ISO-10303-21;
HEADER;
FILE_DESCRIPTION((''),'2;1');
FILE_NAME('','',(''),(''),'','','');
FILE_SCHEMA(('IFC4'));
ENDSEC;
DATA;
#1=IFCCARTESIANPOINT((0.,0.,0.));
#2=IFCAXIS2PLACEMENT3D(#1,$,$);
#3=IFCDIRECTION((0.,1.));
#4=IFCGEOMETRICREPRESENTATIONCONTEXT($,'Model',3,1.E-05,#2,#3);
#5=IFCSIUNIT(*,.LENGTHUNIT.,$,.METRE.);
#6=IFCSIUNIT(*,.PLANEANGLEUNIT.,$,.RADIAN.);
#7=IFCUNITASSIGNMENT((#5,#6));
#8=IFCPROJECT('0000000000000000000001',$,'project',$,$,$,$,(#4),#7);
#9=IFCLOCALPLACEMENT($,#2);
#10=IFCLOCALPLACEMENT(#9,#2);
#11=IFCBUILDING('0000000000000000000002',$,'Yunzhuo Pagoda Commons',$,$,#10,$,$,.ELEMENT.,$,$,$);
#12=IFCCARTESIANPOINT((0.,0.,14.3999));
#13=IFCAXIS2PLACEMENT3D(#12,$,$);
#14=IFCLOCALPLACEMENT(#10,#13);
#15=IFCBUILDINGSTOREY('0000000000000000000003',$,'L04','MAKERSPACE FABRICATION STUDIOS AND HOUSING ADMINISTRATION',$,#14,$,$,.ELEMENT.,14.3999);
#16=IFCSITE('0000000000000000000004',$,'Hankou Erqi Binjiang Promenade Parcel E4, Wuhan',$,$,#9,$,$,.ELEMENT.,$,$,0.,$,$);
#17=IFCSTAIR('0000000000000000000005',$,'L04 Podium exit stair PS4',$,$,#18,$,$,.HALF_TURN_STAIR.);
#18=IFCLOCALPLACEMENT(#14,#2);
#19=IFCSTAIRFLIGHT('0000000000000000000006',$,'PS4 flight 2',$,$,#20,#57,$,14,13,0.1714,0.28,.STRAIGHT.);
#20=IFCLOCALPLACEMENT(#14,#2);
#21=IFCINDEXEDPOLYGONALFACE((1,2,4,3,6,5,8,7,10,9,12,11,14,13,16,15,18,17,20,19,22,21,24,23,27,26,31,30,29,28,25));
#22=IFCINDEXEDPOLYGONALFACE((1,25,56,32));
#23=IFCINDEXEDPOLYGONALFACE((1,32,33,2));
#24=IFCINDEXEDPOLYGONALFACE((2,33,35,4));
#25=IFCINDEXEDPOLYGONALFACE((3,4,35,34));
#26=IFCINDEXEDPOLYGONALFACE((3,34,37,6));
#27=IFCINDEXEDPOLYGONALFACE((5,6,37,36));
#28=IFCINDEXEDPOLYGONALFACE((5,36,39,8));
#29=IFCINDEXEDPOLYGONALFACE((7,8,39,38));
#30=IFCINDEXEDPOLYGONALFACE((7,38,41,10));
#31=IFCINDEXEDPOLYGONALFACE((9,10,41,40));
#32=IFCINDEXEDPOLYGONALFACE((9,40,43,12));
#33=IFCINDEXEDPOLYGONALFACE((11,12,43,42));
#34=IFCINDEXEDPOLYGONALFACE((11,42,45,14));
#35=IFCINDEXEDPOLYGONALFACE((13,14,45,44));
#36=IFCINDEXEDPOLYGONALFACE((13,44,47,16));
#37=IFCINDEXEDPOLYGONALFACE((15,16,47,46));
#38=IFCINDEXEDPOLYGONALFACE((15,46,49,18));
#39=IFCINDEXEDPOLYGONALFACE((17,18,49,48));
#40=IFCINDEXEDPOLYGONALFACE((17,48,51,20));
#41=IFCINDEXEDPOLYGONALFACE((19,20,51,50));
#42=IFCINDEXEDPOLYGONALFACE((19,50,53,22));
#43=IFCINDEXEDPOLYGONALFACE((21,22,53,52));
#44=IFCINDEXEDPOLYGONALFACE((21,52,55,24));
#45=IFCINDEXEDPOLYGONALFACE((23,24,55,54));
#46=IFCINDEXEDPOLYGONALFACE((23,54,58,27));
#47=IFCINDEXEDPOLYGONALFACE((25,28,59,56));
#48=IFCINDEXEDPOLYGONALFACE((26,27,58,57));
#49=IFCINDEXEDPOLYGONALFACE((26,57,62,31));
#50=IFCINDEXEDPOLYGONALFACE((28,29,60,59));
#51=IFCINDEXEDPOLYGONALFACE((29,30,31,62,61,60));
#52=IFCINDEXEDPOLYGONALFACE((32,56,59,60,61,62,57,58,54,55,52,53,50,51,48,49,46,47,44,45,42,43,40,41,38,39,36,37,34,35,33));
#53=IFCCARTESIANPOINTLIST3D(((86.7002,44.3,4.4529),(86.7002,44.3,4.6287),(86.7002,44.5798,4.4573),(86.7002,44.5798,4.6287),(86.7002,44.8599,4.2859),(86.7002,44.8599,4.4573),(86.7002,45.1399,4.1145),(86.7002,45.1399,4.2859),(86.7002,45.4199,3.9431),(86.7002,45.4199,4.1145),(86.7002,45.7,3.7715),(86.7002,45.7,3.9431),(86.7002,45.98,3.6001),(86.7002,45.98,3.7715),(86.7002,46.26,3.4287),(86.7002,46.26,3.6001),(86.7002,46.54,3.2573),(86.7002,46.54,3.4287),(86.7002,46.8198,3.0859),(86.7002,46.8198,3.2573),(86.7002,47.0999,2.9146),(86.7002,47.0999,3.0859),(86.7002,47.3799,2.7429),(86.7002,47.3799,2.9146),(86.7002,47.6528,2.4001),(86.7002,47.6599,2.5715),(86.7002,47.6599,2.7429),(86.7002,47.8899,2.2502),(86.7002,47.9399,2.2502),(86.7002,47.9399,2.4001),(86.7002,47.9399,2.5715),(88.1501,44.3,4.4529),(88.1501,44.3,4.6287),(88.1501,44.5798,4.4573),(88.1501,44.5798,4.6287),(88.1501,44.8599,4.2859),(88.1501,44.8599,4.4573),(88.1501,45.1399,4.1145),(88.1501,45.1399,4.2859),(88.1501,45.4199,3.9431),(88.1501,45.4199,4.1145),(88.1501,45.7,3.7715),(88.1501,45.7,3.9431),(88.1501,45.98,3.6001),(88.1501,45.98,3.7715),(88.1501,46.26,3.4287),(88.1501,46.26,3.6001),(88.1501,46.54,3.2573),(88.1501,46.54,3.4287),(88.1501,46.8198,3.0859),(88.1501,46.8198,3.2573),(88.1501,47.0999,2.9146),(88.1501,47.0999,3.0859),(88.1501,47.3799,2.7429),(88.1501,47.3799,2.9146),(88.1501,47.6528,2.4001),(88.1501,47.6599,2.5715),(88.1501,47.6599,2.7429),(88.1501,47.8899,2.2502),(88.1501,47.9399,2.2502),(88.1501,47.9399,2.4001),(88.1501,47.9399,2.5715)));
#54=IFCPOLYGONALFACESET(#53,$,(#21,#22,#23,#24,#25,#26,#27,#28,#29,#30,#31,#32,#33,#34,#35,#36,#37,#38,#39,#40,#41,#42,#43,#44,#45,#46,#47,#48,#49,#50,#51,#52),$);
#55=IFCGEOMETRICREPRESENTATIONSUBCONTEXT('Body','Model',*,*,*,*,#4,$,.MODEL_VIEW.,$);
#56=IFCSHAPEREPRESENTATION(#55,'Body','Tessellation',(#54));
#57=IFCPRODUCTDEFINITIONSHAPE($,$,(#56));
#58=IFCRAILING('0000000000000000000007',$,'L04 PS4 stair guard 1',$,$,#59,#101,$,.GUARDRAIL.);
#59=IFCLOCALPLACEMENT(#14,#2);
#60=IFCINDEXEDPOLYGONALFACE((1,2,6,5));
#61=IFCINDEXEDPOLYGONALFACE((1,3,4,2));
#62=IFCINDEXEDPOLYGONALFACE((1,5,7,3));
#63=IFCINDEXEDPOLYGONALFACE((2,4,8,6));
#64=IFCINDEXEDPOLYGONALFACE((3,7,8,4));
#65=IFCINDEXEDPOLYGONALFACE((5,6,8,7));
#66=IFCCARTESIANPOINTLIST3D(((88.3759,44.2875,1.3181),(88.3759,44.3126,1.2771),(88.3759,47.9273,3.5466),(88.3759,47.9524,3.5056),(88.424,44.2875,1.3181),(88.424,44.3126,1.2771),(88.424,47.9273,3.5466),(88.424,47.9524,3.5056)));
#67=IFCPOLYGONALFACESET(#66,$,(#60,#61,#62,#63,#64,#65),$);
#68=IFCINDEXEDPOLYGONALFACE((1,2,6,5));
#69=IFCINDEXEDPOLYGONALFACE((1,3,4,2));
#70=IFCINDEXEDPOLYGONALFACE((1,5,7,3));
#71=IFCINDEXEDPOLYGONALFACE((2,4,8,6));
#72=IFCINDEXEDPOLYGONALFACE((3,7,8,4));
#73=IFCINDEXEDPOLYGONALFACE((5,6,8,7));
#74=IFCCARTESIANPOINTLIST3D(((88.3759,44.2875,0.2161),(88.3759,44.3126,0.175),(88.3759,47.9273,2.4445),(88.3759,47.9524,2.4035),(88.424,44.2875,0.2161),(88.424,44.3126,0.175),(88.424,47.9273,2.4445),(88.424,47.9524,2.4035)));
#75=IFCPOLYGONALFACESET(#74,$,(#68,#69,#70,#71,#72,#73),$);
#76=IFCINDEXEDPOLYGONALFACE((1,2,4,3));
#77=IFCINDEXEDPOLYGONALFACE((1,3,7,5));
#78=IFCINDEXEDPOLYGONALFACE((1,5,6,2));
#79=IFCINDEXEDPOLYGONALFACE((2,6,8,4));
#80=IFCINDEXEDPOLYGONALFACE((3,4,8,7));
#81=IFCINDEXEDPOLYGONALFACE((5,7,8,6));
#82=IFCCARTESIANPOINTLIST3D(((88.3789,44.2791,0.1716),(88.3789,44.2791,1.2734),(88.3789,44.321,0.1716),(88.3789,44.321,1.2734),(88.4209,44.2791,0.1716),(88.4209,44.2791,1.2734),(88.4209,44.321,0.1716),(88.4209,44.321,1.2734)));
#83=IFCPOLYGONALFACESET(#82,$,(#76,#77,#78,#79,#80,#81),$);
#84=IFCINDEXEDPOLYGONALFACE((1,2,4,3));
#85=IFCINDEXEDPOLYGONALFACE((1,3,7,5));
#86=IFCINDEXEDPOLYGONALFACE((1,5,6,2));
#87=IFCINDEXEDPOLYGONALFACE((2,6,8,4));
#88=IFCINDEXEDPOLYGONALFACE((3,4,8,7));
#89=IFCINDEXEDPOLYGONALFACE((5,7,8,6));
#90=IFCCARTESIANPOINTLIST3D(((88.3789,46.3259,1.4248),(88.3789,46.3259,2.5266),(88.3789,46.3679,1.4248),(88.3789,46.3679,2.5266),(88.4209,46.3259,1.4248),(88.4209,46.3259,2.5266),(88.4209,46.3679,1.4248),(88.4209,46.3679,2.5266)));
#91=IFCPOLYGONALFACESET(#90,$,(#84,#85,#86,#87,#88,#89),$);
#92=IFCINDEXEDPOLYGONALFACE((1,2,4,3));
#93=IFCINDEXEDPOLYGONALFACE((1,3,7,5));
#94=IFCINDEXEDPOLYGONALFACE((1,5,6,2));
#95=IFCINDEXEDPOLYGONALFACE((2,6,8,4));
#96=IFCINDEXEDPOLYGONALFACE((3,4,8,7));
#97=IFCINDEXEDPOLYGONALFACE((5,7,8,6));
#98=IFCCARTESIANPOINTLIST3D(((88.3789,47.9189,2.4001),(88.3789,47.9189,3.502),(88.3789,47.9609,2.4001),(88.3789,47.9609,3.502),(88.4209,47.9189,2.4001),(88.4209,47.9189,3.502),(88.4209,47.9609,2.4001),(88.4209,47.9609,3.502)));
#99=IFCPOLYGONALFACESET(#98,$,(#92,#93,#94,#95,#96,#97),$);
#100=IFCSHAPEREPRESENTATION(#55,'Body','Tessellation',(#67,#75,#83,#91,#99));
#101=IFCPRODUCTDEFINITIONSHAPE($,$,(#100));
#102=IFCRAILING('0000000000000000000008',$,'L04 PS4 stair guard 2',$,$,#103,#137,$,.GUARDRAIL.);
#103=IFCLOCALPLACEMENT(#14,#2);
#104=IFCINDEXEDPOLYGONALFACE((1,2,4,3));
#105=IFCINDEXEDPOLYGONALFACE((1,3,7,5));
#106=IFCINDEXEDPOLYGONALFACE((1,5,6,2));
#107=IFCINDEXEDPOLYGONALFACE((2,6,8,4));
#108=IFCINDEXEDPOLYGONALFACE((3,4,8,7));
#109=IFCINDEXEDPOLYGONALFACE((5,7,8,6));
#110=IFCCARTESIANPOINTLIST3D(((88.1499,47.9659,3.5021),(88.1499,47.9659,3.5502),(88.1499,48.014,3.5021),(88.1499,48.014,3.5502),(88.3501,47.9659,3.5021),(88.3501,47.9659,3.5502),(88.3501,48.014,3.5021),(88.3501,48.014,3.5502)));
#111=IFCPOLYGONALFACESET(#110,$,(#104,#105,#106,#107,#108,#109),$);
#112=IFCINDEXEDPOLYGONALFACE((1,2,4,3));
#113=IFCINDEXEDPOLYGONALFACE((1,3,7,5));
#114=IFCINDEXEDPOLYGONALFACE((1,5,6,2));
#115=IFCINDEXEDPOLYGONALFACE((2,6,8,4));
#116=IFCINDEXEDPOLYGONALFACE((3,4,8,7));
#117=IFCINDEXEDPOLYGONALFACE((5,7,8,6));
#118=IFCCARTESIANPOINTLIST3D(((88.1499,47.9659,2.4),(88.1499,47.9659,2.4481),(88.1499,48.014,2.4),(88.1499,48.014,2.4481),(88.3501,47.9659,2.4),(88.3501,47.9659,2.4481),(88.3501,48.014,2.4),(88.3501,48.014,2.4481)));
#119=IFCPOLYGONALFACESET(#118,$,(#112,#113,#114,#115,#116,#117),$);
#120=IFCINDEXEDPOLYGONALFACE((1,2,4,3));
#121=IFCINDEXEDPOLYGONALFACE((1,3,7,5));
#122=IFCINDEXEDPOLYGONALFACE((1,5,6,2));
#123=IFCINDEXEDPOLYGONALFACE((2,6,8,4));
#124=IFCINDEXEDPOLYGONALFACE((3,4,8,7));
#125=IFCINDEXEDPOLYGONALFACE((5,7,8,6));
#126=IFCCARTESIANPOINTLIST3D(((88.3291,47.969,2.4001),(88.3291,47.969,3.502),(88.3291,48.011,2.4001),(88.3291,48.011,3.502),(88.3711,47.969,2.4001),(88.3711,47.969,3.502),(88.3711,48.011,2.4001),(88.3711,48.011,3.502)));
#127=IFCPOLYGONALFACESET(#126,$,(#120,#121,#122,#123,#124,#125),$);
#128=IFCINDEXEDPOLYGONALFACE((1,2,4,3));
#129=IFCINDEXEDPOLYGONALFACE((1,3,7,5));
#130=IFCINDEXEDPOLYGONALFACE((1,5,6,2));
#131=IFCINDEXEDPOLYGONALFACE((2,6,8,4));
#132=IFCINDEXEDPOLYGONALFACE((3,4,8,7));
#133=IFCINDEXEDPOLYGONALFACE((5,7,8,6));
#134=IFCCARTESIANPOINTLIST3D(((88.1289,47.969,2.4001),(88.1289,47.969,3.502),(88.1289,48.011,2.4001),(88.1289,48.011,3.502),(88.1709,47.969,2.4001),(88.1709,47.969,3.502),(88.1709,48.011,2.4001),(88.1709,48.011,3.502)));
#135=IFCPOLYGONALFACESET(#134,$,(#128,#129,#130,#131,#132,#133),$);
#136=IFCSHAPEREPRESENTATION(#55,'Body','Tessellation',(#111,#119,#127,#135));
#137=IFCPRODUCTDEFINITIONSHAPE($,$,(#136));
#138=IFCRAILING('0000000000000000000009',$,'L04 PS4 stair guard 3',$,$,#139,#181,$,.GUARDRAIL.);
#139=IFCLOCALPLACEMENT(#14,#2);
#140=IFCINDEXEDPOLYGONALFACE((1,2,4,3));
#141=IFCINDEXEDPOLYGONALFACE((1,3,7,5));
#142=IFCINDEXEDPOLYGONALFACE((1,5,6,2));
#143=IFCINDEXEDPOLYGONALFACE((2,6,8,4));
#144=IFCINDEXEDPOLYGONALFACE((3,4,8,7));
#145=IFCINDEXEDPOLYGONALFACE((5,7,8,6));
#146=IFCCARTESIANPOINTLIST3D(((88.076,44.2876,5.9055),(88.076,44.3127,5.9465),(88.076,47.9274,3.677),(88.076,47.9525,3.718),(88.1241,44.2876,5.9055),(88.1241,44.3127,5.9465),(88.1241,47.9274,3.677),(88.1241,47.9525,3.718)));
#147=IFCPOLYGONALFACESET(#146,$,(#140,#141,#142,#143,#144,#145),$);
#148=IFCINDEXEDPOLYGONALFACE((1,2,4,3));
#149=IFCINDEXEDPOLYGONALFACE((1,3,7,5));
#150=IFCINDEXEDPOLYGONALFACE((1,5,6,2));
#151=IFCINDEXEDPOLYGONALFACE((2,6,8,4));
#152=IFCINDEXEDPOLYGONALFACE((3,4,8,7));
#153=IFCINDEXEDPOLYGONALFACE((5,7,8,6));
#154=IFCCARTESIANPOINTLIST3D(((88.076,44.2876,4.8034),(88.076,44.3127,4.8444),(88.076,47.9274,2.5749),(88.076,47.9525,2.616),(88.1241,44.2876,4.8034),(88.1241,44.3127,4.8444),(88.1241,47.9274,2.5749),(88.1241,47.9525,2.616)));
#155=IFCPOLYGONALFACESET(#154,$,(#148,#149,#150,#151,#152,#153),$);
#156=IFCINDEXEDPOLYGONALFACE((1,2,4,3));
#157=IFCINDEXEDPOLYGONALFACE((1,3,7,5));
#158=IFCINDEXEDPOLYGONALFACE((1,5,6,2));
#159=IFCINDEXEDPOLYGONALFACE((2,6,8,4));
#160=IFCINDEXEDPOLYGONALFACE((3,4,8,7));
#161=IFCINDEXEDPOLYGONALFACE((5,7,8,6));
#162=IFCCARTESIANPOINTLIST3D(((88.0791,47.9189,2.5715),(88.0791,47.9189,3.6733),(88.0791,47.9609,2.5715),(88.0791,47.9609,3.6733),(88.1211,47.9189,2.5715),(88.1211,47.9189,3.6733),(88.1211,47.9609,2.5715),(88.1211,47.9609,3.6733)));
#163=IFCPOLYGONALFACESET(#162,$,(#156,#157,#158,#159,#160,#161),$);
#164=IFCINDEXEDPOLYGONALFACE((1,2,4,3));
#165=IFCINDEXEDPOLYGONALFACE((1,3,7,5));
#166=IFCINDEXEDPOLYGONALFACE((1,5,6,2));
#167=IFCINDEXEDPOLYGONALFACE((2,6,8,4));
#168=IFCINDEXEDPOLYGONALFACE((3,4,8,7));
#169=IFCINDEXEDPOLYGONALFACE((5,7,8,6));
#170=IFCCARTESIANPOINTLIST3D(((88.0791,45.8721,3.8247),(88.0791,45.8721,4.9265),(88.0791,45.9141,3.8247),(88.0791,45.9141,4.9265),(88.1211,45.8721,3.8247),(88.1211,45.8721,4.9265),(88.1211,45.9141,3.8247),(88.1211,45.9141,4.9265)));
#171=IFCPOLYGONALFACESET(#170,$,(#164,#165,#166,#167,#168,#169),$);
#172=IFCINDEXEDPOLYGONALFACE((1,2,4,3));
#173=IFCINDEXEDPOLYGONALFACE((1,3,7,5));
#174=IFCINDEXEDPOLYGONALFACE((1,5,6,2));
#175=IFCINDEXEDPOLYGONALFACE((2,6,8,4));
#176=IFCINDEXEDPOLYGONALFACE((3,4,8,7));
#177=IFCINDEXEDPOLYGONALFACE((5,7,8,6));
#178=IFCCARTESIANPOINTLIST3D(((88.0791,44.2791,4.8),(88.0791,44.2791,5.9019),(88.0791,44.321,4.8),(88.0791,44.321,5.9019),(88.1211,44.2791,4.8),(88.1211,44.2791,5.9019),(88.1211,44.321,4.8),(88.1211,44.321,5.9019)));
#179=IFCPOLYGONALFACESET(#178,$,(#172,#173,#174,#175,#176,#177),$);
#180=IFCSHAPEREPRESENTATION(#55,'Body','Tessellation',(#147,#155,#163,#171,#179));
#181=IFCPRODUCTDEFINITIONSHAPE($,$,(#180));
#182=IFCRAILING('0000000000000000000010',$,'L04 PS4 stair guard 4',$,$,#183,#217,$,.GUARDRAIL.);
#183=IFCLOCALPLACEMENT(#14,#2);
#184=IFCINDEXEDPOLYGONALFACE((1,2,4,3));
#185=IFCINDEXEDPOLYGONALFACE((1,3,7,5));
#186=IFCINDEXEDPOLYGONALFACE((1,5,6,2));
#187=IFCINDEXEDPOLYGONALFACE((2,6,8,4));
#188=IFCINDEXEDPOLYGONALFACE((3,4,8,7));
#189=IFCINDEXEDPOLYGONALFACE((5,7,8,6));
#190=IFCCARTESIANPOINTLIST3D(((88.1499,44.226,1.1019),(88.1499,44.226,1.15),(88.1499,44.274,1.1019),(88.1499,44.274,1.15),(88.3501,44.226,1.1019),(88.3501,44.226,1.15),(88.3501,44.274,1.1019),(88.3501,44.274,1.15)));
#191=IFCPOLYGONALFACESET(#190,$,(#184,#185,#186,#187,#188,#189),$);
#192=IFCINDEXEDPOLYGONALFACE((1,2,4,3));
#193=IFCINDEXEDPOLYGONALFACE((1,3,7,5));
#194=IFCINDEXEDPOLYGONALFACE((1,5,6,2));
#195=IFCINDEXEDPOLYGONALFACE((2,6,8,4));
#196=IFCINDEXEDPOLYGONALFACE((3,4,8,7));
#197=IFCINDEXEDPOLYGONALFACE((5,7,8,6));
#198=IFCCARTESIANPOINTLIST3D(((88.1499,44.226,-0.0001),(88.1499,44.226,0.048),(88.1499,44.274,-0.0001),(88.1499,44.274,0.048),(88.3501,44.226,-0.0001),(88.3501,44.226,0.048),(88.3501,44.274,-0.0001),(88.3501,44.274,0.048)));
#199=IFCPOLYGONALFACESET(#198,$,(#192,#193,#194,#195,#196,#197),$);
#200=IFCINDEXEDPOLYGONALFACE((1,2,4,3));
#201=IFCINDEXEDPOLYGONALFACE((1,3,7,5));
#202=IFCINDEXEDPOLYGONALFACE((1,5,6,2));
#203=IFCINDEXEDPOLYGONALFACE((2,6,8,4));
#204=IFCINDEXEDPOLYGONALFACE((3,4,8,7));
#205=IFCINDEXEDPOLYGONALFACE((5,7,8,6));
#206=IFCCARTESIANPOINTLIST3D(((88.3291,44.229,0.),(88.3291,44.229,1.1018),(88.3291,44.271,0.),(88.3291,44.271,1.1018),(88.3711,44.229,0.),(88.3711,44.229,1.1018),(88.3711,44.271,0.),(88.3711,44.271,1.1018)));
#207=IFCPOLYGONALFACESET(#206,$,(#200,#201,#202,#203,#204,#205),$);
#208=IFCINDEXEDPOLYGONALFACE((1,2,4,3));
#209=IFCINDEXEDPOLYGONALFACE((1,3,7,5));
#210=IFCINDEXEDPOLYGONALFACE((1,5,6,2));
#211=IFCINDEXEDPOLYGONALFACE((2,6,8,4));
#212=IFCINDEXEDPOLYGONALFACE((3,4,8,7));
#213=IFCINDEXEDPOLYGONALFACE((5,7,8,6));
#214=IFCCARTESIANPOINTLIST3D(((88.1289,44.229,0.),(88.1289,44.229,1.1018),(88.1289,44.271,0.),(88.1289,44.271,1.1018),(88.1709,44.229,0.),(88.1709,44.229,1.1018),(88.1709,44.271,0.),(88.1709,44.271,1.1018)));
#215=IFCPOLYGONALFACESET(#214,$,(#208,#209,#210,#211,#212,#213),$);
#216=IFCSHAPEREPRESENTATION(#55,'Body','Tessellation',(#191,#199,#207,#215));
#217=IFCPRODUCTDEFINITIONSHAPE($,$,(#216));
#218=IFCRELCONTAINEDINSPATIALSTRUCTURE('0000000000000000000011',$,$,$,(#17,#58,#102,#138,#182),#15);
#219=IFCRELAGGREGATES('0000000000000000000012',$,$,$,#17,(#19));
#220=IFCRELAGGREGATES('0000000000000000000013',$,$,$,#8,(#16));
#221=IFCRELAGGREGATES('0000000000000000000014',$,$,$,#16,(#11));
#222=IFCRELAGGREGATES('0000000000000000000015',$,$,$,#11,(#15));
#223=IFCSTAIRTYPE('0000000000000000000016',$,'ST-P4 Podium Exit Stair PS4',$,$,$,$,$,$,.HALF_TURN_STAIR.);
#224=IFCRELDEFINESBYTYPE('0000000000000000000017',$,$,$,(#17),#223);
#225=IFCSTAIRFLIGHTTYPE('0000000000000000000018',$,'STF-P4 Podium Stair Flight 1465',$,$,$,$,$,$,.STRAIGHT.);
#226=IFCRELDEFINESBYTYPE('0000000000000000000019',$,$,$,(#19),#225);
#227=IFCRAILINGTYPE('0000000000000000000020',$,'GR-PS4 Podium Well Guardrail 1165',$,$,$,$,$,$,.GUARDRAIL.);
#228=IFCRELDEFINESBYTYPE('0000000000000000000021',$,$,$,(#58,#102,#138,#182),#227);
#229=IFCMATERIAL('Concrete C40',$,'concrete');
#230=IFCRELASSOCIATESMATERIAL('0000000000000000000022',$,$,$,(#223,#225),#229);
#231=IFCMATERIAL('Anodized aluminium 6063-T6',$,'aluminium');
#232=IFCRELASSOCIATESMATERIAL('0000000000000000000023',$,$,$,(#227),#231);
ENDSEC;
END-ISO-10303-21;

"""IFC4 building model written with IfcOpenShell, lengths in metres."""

from ifc_helpers import new_model, si_unit, direction, frame, origin, origin_2d, place, context, subcontext, project, spatial, polyline, rectangle, outline, extrude, source, transform, mapped, material, type_object, element, aggregate, save


model = new_model("IFC4")

# Units and contexts
model_context = context("Model", 3, precision=1e-05, world=origin(), true_north=direction((0.0, 1.0)))
body_context = subcontext(model_context, "Body", "Model", "MODEL_VIEW")
ifc_project = project(units=[si_unit("LENGTHUNIT", "METRE"), si_unit("PLANEANGLEUNIT", "RADIAN")], contexts=[model_context])

# Site, building, storey
site_placement = place(None, origin())
site = spatial("IfcSite", under=ifc_project, at=site_placement, Name="Hankou Erqi Binjiang Promenade Parcel E4, Wuhan", CompositionType="ELEMENT", RefElevation=0.0)
building_placement = place(site_placement, origin())
building = spatial("IfcBuilding", under=site, at=building_placement, Name="Yunzhuo Pagoda Commons", CompositionType="ELEMENT")
storey_placement = place(building_placement, frame((0.0, 0.0, 14.3999)))
storey = spatial("IfcBuildingStorey", under=building, at=storey_placement, Name="L04", Description="MAKERSPACE FABRICATION STUDIOS AND HOUSING ADMINISTRATION", CompositionType="ELEMENT", Elevation=14.3999)

# Stair, stair flight
ifc_material_1 = material(Name="Concrete C40", Category="concrete")
stair_type = type_object("IfcStairType", Name="ST-P4 Podium Exit Stair PS4", PredefinedType="HALF_TURN_STAIR", material=ifc_material_1)
stair_placement = place(storey_placement, origin())
stair = element("IfcStair", 1, at=stair_placement, inside=storey, type_object=stair_type, Name="L04 Podium exit stair PS4", PredefinedType="HALF_TURN_STAIR")
stair_flight_type = type_object("IfcStairFlightType", Name="STF-P4 Podium Stair Flight 1465", PredefinedType="STRAIGHT", material=ifc_material_1)
shared_shape_1 = source(origin(), body_context, "Body", "SweptSolid", [
    extrude(outline(polyline([(0.0, -0.1499), (0.0, 0.0), (0.0, 0.1714), (0.28, 0.1714), (0.28, 0.3428), (0.5601, 0.3428), (0.5601, 0.5144), (0.8401, 0.5144), (0.8401, 0.6858), (1.1201, 0.6858), (1.1201, 0.8572), (1.3999, 0.8572), (1.3999, 1.0286), (1.6799, 1.0286), (1.6799, 1.2), (1.96, 1.2), (1.96, 1.3713), (2.24, 1.3713), (2.24, 1.543), (2.52, 1.543), (2.52, 1.7144), (2.8, 1.7144), (2.8, 1.8857), (3.0801, 1.8857), (3.0801, 2.0571), (3.3601, 2.0571), (3.3601, 2.2285), (3.6399, 2.2285), (3.6399, 2.3999), (3.6399, 2.0527), (0.2871, 0.0), (0.05, -0.1499), (0.0, -0.1499)])), frame((0.0, 0.7251, 0.0), z_axis=(0.0, -1.0, 0.0), x_axis=(1.0, 0.0, 0.0)), (0.0, 0.0, 1.0), 1.45),
])
stair_flight_1_placement = place(storey_placement, frame((87.425, 47.9399, 2.4001), z_axis=(0.0, 0.0, 1.0), x_axis=(0.0, -1.0, 0.0)))
stair_flight_1 = element("IfcStairFlight", 2, at=stair_flight_1_placement, type_object=stair_flight_type, Name="PS4 flight 2", NumberOfRisers=14, NumberOfTreads=13, PredefinedType="STRAIGHT", RiserHeight=0.1714, TreadLength=0.28, context=body_context, shape_type="MappedRepresentation", body=[
    mapped(shared_shape_1, transform((0.0, 0.0, 0.0), scale=1.0)),
])
aggregate(stair, [stair_flight_1])

# Railings
ifc_material_2 = material(Name="Anodized aluminium 6063-T6", Category="aluminium")
railing_type_1 = type_object("IfcRailingType", Name="GR-PS4 Podium Well Guardrail 1165", PredefinedType="GUARDRAIL", material=ifc_material_2)
railing_1_placement = place(storey_placement, frame((88.3999, 44.3, 0.1716)))
element("IfcRailing", 3, at=railing_1_placement, inside=storey, type_object=railing_type_1, Name="L04 PS4 stair guard 1", PredefinedType="GUARDRAIL", context=body_context, shape_type="SweptSolid", body=[
    extrude(rectangle(XDim=0.0481, YDim=0.0481, at=origin_2d()), frame((0.0, 0.0, 1.126), z_axis=(0.0, 0.85285, 0.522156), x_axis=(-1.0, 0.0, 0.0)), (0.0, 0.0, 1.0), 4.2678),
    extrude(rectangle(XDim=0.0481, YDim=0.0481, at=origin_2d()), frame((0.0, 0.0, 0.0239), z_axis=(0.0, 0.85285, 0.522156), x_axis=(-1.0, 0.0, 0.0)), (0.0, 0.0, 1.0), 4.2678),
    extrude(rectangle(XDim=0.042, YDim=0.042, at=origin_2d()), origin(), (0.0, 0.0, 1.0), 1.1018),
    extrude(rectangle(XDim=0.042, YDim=0.042, at=origin_2d()), frame((0.0, 2.0469, 1.2532)), (0.0, 0.0, 1.0), 1.1018),
    extrude(rectangle(XDim=0.042, YDim=0.042, at=origin_2d()), frame((0.0, 3.6399, 2.2285)), (0.0, 0.0, 1.0), 1.1018),
])
railing_2_placement = place(storey_placement, frame((88.3501, 47.99, 2.4001)))
element("IfcRailing", 4, at=railing_2_placement, inside=storey, type_object=railing_type_1, Name="L04 PS4 stair guard 2", PredefinedType="GUARDRAIL", context=body_context, shape_type="SweptSolid", body=[
    extrude(rectangle(XDim=0.0481, YDim=0.0481, at=origin_2d()), frame((0.0, 0.0, 1.126), z_axis=(-1.0, 0.0, 0.0), x_axis=(0.0, -1.0, 0.0)), (0.0, 0.0, 1.0), 0.2002),
    extrude(rectangle(XDim=0.0481, YDim=0.0481, at=origin_2d()), frame((0.0, 0.0, 0.0239), z_axis=(-1.0, 0.0, 0.0), x_axis=(0.0, -1.0, 0.0)), (0.0, 0.0, 1.0), 0.2002),
    extrude(rectangle(XDim=0.042, YDim=0.042, at=origin_2d()), origin(), (0.0, 0.0, 1.0), 1.1018),
    extrude(rectangle(XDim=0.042, YDim=0.042, at=origin_2d()), frame((-0.2002, 0.0, 0.0)), (0.0, 0.0, 1.0), 1.1018),
])
railing_3_placement = place(storey_placement, frame((88.1001, 47.9399, 2.5715)))
element("IfcRailing", 5, at=railing_3_placement, inside=storey, type_object=railing_type_1, Name="L04 PS4 stair guard 3", PredefinedType="GUARDRAIL", context=body_context, shape_type="SweptSolid", body=[
    extrude(rectangle(XDim=0.0481, YDim=0.0481, at=origin_2d()), frame((0.0, 0.0, 1.126), z_axis=(0.0, -0.85285, 0.522156), x_axis=(1.0, 0.0, 0.0)), (0.0, 0.0, 1.0), 4.2678),
    extrude(rectangle(XDim=0.0481, YDim=0.0481, at=origin_2d()), frame((0.0, 0.0, 0.0239), z_axis=(0.0, -0.85285, 0.522156), x_axis=(1.0, 0.0, 0.0)), (0.0, 0.0, 1.0), 4.2678),
    extrude(rectangle(XDim=0.042, YDim=0.042, at=origin_2d()), origin(), (0.0, 0.0, 1.0), 1.1018),
    extrude(rectangle(XDim=0.042, YDim=0.042, at=origin_2d()), frame((0.0, -2.0469, 1.2532)), (0.0, 0.0, 1.0), 1.1018),
    extrude(rectangle(XDim=0.042, YDim=0.042, at=origin_2d()), frame((0.0, -3.6399, 2.2285)), (0.0, 0.0, 1.0), 1.1018),
])
railing_4_placement = place(storey_placement, frame((88.3501, 44.25, 0.0)))
element("IfcRailing", 6, at=railing_4_placement, inside=storey, type_object=railing_type_1, Name="L04 PS4 stair guard 4", PredefinedType="GUARDRAIL", context=body_context, shape_type="SweptSolid", body=[
    extrude(rectangle(XDim=0.0481, YDim=0.0481, at=origin_2d()), frame((0.0, 0.0, 1.126), z_axis=(-1.0, 0.0, 0.0), x_axis=(0.0, -1.0, 0.0)), (0.0, 0.0, 1.0), 0.2002),
    extrude(rectangle(XDim=0.0481, YDim=0.0481, at=origin_2d()), frame((0.0, 0.0, 0.0239), z_axis=(-1.0, 0.0, 0.0), x_axis=(0.0, -1.0, 0.0)), (0.0, 0.0, 1.0), 0.2002),
    extrude(rectangle(XDim=0.042, YDim=0.042, at=origin_2d()), origin(), (0.0, 0.0, 1.0), 1.1018),
    extrude(rectangle(XDim=0.042, YDim=0.042, at=origin_2d()), frame((-0.2002, 0.0, 0.0)), (0.0, 0.0, 1.0), 1.1018),
])

save(model, "model.ifc")
